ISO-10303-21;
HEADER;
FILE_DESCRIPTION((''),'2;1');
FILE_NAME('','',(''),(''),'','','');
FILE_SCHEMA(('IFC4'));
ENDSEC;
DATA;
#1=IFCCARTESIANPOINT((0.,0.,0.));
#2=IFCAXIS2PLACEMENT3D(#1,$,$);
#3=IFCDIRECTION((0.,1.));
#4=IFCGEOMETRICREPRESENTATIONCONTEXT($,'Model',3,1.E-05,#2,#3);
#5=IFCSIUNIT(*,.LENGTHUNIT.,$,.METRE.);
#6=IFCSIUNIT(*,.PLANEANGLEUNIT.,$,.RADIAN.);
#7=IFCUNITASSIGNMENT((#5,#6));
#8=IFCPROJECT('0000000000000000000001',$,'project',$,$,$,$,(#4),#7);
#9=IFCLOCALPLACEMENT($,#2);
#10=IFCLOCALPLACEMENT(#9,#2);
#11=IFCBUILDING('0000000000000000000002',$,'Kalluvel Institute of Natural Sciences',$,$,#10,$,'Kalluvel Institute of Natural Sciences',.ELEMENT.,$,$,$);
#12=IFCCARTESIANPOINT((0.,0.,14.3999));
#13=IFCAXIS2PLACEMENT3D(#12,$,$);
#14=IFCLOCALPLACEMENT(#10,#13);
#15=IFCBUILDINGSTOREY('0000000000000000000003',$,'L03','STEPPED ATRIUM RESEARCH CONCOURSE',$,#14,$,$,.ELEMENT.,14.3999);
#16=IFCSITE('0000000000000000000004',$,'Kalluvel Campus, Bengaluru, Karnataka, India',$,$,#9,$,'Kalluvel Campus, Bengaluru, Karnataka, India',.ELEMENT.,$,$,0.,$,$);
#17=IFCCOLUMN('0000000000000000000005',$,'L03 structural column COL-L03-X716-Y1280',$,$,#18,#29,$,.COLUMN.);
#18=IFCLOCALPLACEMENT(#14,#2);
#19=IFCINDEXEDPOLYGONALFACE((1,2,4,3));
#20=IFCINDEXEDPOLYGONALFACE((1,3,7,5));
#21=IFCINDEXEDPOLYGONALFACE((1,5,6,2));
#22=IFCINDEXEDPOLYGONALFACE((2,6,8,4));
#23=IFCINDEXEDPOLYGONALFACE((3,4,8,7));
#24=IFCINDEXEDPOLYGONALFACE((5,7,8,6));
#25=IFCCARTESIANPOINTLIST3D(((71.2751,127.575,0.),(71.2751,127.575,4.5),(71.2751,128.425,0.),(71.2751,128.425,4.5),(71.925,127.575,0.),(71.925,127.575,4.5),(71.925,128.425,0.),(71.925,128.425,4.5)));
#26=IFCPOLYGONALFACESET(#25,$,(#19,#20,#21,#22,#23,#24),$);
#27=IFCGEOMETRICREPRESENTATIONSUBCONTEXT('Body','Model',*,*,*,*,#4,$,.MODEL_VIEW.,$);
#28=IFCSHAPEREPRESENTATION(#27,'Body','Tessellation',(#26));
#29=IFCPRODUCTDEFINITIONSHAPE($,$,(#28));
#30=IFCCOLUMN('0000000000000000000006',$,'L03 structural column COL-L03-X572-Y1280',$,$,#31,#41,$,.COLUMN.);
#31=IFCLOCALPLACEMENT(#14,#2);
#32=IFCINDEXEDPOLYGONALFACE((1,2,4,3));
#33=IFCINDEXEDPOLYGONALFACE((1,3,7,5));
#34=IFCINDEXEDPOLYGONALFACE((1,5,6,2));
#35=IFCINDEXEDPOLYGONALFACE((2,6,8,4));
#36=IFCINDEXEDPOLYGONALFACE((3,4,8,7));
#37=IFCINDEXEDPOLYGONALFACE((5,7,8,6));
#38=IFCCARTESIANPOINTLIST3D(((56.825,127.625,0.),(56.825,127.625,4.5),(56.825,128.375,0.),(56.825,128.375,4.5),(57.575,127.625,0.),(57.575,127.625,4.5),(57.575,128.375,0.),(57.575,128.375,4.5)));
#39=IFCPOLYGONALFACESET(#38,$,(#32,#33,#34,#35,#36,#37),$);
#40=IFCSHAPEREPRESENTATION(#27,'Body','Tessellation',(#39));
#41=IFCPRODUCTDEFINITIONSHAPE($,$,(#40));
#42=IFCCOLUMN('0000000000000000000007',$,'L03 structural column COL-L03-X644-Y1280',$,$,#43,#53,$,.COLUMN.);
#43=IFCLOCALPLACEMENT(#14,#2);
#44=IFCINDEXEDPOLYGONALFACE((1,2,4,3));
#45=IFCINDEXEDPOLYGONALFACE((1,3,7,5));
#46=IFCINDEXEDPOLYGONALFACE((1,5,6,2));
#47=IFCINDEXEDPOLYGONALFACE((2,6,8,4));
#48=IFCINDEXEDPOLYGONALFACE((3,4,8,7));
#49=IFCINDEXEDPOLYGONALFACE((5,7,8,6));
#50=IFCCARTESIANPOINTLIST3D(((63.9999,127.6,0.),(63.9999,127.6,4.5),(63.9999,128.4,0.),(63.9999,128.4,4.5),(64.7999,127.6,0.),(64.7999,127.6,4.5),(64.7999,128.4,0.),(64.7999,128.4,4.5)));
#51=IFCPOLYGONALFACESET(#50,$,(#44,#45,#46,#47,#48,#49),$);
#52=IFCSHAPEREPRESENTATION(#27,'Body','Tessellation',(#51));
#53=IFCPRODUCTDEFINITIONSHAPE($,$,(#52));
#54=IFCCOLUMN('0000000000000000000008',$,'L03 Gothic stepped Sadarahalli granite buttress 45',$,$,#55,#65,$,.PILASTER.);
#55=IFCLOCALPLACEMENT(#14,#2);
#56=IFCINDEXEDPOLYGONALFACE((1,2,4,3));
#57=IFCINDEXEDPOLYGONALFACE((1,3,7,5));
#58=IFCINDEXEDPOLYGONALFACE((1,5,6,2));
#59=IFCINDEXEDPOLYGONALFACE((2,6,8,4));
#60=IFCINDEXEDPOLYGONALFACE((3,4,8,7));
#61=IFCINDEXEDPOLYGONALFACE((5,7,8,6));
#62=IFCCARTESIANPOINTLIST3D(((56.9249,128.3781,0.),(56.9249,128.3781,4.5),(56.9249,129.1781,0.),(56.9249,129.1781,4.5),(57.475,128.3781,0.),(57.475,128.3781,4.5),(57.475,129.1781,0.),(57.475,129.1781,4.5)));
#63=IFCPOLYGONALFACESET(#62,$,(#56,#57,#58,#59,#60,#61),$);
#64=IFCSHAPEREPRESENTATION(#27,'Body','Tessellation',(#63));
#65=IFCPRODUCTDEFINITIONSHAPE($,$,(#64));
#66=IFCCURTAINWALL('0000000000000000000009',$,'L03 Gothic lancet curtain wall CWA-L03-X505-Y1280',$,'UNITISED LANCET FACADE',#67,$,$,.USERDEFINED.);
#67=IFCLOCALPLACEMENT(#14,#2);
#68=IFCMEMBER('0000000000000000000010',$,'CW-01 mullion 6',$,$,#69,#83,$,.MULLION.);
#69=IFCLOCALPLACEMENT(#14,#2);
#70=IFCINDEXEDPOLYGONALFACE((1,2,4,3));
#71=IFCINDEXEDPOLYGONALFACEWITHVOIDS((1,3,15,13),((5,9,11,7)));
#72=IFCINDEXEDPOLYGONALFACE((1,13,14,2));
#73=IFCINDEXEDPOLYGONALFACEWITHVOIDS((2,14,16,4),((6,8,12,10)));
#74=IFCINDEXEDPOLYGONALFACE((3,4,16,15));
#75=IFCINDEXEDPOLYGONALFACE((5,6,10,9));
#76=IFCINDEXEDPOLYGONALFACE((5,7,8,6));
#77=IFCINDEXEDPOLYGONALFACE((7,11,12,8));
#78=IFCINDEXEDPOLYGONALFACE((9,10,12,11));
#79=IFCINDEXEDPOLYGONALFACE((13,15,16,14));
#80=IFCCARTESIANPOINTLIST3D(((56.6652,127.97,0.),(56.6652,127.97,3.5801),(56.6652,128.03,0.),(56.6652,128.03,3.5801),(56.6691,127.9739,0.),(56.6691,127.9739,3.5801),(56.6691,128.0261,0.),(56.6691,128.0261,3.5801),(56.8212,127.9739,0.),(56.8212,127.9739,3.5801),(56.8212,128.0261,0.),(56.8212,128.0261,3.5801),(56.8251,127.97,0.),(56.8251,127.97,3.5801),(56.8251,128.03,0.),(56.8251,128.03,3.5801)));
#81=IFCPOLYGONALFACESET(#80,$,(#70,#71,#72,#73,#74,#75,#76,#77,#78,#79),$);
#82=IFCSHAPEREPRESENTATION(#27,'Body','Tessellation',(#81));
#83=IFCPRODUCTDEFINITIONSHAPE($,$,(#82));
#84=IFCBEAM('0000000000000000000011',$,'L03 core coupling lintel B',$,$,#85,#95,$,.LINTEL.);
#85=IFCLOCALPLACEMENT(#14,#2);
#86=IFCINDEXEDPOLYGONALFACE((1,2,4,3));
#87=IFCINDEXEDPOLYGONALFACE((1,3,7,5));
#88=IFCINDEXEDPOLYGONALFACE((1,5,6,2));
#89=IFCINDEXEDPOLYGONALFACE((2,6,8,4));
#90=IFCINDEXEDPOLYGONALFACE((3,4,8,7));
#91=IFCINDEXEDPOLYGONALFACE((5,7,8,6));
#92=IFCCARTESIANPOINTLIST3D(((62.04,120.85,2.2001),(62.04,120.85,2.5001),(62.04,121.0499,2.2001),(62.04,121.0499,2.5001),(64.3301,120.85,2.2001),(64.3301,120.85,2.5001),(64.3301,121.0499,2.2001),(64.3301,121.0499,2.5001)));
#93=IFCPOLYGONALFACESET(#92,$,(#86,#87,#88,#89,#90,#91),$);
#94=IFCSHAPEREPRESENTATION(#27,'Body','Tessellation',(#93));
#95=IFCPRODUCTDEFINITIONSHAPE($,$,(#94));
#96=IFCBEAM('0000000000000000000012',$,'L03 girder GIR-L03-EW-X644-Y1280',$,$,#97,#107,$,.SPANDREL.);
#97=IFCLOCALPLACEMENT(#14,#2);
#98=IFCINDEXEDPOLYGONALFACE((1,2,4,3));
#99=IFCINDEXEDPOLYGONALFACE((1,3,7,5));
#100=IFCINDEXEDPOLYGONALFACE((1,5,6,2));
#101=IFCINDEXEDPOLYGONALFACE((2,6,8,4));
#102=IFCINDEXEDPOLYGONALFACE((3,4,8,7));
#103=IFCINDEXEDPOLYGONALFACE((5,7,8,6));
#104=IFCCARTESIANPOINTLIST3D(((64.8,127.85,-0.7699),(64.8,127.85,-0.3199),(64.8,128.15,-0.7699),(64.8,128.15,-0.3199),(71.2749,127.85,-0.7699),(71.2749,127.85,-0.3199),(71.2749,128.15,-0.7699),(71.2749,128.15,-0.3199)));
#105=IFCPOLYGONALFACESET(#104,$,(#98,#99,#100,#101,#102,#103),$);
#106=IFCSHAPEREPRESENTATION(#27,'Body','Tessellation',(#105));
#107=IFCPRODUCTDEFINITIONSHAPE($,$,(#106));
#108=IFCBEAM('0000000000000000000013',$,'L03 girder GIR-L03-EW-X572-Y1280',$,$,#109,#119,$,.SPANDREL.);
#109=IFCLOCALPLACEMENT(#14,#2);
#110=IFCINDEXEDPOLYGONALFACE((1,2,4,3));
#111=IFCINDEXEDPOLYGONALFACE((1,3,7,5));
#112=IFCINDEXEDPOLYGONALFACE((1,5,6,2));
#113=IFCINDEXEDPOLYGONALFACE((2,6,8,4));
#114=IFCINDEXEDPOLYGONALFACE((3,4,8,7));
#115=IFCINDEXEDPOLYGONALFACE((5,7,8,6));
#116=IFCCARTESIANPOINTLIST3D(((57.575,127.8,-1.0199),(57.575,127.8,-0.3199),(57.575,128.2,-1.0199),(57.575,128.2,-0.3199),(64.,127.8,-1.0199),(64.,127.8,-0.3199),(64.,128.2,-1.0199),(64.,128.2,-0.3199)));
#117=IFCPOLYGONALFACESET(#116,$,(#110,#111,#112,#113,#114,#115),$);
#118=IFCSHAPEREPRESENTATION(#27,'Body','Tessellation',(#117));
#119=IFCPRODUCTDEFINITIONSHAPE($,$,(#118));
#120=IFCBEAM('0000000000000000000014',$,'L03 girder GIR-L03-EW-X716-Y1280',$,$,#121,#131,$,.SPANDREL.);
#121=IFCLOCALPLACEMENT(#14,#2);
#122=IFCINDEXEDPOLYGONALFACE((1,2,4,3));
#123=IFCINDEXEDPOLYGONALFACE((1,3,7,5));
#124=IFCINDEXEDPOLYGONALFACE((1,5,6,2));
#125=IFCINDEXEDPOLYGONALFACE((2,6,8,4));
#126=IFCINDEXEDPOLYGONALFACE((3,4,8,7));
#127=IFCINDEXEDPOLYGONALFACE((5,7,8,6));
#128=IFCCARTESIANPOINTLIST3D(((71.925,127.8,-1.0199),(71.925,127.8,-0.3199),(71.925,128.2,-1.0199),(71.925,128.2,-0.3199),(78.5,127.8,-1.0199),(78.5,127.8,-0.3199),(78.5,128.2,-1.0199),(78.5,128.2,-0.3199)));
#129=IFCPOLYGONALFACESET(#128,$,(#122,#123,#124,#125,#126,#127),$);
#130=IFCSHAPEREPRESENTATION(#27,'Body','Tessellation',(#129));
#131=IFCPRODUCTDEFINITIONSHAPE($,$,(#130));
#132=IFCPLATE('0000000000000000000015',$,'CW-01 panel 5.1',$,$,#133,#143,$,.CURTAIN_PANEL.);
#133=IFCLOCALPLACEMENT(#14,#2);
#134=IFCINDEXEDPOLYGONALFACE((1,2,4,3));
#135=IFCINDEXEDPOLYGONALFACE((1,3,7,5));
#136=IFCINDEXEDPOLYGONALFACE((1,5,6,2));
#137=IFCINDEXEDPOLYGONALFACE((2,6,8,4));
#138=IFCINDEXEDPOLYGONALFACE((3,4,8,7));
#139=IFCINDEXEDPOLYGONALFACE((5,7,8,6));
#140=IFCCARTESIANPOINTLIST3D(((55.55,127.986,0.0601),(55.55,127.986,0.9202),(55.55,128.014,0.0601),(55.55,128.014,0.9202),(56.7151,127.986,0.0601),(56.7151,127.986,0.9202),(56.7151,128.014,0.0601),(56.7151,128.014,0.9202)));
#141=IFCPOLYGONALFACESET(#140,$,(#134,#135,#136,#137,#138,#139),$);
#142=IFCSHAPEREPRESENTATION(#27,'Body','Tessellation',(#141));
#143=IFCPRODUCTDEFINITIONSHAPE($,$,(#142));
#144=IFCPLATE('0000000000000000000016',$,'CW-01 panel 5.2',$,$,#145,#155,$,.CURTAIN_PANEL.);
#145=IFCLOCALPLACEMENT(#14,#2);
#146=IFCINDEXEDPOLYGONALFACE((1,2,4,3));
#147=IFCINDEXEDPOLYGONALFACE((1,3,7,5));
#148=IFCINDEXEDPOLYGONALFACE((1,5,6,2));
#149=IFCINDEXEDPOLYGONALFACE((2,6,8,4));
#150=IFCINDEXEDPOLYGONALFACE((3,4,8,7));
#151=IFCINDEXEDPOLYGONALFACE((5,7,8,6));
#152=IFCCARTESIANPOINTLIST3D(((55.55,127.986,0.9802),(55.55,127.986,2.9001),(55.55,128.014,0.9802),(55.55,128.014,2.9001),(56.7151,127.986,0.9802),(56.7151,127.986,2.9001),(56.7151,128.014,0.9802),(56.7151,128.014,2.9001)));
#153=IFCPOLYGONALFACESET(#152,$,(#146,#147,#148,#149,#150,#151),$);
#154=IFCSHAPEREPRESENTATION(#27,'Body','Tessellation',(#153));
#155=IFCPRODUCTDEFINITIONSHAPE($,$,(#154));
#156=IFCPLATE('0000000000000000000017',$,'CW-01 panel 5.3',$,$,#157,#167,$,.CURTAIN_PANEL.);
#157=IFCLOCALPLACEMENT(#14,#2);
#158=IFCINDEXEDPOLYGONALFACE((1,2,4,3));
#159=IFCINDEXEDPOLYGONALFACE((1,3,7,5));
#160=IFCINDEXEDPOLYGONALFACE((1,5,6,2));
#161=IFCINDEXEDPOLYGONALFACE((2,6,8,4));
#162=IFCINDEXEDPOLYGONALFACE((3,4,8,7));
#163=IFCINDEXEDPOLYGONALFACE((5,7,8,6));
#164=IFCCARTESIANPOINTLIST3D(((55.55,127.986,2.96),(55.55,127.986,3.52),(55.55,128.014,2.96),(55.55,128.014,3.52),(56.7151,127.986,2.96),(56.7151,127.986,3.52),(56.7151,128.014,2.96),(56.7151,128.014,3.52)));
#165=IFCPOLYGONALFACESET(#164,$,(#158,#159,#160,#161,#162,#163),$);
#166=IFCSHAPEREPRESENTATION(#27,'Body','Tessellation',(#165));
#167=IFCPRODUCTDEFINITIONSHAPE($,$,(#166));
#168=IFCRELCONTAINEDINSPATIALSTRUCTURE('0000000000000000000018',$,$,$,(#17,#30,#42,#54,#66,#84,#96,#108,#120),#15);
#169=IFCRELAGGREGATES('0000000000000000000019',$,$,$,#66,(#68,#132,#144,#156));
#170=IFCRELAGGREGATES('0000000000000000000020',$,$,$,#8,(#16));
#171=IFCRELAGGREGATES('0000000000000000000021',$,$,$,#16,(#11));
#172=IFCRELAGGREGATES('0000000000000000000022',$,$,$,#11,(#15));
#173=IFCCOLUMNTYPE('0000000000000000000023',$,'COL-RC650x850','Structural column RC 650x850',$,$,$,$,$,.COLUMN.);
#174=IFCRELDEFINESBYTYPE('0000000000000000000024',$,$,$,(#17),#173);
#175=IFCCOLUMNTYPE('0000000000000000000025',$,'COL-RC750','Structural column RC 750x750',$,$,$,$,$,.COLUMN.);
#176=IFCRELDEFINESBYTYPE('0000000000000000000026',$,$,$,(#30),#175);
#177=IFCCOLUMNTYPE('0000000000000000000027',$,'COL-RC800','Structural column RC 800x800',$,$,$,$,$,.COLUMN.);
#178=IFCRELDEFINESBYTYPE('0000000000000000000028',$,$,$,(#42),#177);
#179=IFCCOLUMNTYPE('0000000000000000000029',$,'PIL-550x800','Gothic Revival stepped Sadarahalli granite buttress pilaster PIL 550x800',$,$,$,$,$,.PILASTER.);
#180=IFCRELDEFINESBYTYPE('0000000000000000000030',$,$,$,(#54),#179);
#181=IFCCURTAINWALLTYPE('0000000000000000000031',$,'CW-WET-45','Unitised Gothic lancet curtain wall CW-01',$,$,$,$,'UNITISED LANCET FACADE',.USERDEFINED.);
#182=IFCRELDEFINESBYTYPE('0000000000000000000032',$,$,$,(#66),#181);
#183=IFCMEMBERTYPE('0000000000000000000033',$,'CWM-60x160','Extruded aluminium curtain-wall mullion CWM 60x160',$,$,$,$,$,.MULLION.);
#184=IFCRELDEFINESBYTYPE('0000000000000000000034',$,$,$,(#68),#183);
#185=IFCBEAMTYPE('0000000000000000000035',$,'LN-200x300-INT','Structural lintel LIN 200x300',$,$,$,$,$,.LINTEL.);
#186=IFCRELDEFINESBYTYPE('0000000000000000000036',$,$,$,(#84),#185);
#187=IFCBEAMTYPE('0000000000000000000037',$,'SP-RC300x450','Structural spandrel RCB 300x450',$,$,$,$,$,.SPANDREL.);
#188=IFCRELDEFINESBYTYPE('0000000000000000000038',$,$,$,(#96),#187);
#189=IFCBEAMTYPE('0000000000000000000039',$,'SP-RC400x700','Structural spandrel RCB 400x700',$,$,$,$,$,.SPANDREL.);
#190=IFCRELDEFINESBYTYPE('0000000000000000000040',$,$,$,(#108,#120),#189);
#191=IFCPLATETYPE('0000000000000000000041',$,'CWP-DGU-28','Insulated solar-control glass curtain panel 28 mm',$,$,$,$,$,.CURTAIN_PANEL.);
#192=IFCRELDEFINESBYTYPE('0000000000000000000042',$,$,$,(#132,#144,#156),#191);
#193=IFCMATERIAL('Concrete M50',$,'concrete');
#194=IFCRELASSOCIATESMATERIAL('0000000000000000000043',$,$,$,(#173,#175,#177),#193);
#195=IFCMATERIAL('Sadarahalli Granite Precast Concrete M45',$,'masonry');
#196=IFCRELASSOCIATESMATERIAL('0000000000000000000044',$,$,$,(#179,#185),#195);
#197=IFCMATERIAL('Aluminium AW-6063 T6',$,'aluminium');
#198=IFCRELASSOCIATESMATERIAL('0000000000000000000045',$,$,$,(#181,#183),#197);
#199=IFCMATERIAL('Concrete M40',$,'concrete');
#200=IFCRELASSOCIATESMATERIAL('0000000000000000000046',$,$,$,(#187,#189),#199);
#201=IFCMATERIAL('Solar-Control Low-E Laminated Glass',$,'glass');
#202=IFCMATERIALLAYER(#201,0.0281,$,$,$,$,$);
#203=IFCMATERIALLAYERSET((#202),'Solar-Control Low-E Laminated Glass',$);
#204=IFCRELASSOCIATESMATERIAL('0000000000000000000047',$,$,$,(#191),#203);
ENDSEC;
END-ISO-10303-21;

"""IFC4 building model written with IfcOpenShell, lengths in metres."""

from ifc_helpers import new_model, si_unit, direction, frame, origin, origin_2d, place, context, subcontext, project, spatial, rectangle, hollow_rectangle, extrude, material, layer, layer_set, material_profile, profile_set, type_object, element, aggregate, save


model = new_model("IFC4")

# Units and contexts
model_context = context("Model", 3, precision=1e-05, world=origin(), true_north=direction((0.0, 1.0)))
body_context = subcontext(model_context, "Body", "Model", "MODEL_VIEW")
ifc_project = project(units=[si_unit("LENGTHUNIT", "METRE"), si_unit("PLANEANGLEUNIT", "RADIAN")], contexts=[model_context])

# Site, building, storey
site_placement = place(None, origin())
site = spatial("IfcSite", under=ifc_project, at=site_placement, Name="Kalluvel Campus, Bengaluru, Karnataka, India", LongName="Kalluvel Campus, Bengaluru, Karnataka, India", CompositionType="ELEMENT", RefElevation=0.0)
building_placement = place(site_placement, origin())
building = spatial("IfcBuilding", under=site, at=building_placement, Name="Kalluvel Institute of Natural Sciences", LongName="Kalluvel Institute of Natural Sciences", CompositionType="ELEMENT")
storey_placement = place(building_placement, frame((0.0, 0.0, 14.3999)))
storey = spatial("IfcBuildingStorey", under=building, at=storey_placement, Name="L03", Description="STEPPED ATRIUM RESEARCH CONCOURSE", CompositionType="ELEMENT", Elevation=14.3999)

# Columns
ifc_material_1 = material(Name="Concrete M50", Category="concrete")
ifc_material_profile_1 = material_profile(ifc_material_1, rectangle(XDim=0.6499, YDim=0.8501, at=origin_2d()), Name="RC 650x850")
ifc_profile_set_1 = profile_set([ifc_material_profile_1], Name="Concrete M50")
column_type_1 = type_object("IfcColumnType", Name="COL-RC650x850", Description="Structural column RC 650x850", PredefinedType="COLUMN", material=ifc_profile_set_1)
column_1_placement = place(storey_placement, frame((71.6001, 128.0, 0.0), z_axis=(0.0, 0.0, 1.0), x_axis=(1.0, 0.0, 0.0)))
element("IfcColumn", 1, at=column_1_placement, inside=storey, type_object=column_type_1, Name="L03 structural column COL-L03-X716-Y1280", PredefinedType="COLUMN", context=body_context, shape_type="SweptSolid", body=[
    extrude(rectangle(XDim=0.6499, YDim=0.8501, at=origin_2d()), origin(), (0.0, 0.0, 1.0), 4.5),
])
ifc_material_profile_2 = material_profile(ifc_material_1, rectangle(XDim=0.75, YDim=0.75, at=origin_2d()), Name="RC 750x750")
ifc_profile_set_2 = profile_set([ifc_material_profile_2], Name="Concrete M50")
column_type_2 = type_object("IfcColumnType", Name="COL-RC750", Description="Structural column RC 750x750", PredefinedType="COLUMN", material=ifc_profile_set_2)
column_2_placement = place(storey_placement, frame((57.2, 128.0, 0.0), z_axis=(0.0, 0.0, 1.0), x_axis=(1.0, 0.0, 0.0)))
element("IfcColumn", 2, at=column_2_placement, inside=storey, type_object=column_type_2, Name="L03 structural column COL-L03-X572-Y1280", PredefinedType="COLUMN", context=body_context, shape_type="SweptSolid", body=[
    extrude(rectangle(XDim=0.75, YDim=0.75, at=origin_2d()), origin(), (0.0, 0.0, 1.0), 4.5),
])
ifc_material_profile_3 = material_profile(ifc_material_1, rectangle(XDim=0.8, YDim=0.8, at=origin_2d()), Name="RC 800x800")
ifc_profile_set_3 = profile_set([ifc_material_profile_3], Name="Concrete M50")
column_type_3 = type_object("IfcColumnType", Name="COL-RC800", Description="Structural column RC 800x800", PredefinedType="COLUMN", material=ifc_profile_set_3)
column_3_placement = place(storey_placement, frame((64.3999, 128.0, 0.0), z_axis=(0.0, 0.0, 1.0), x_axis=(1.0, 0.0, 0.0)))
element("IfcColumn", 3, at=column_3_placement, inside=storey, type_object=column_type_3, Name="L03 structural column COL-L03-X644-Y1280", PredefinedType="COLUMN", context=body_context, shape_type="SweptSolid", body=[
    extrude(rectangle(XDim=0.8, YDim=0.8, at=origin_2d()), origin(), (0.0, 0.0, 1.0), 4.5),
])
ifc_material_2 = material(Name="Sadarahalli Granite Precast Concrete M45", Category="masonry")
ifc_material_profile_4 = material_profile(ifc_material_2, rectangle(XDim=0.55, YDim=0.8, at=origin_2d()), Name="PIL 550x800")
ifc_profile_set_4 = profile_set([ifc_material_profile_4], Name="Sadarahalli Granite Precast Concrete M45")
column_type_4 = type_object("IfcColumnType", Name="PIL-550x800", Description="Gothic Revival stepped Sadarahalli granite buttress pilaster PIL 550x800", PredefinedType="PILASTER", material=ifc_profile_set_4)
column_4_placement = place(storey_placement, frame((57.2, 128.7781, 0.0), z_axis=(0.0, 0.0, 1.0), x_axis=(1.0, 0.0, 0.0)))
element("IfcColumn", 4, at=column_4_placement, inside=storey, type_object=column_type_4, Name="L03 Gothic stepped Sadarahalli granite buttress 45", PredefinedType="PILASTER", context=body_context, shape_type="SweptSolid", body=[
    extrude(rectangle(XDim=0.55, YDim=0.8, at=origin_2d()), origin(), (0.0, 0.0, 1.0), 4.5),
])

# Curtain wall, member
ifc_material_3 = material(Name="Aluminium AW-6063 T6", Category="aluminium")
curtain_wall_type = type_object("IfcCurtainWallType", Name="CW-WET-45", Description="Unitised Gothic lancet curtain wall CW-01", ElementType="UNITISED LANCET FACADE", PredefinedType="USERDEFINED", material=ifc_material_3)
curtain_wall_placement = place(storey_placement, origin())
curtain_wall = element("IfcCurtainWall", 5, at=curtain_wall_placement, inside=storey, type_object=curtain_wall_type, Name="L03 Gothic lancet curtain wall CWA-L03-X505-Y1280", ObjectType="UNITISED LANCET FACADE", PredefinedType="USERDEFINED")
ifc_material_profile_5 = material_profile(ifc_material_3, hollow_rectangle(XDim=0.0601, YDim=0.1599, WallThickness=0.0039, at=origin_2d()), Name="CWM 60x160")
ifc_profile_set_5 = profile_set([ifc_material_profile_5], Name="Aluminium AW-6063 T6")
member_type = type_object("IfcMemberType", Name="CWM-60x160", Description="Extruded aluminium curtain-wall mullion CWM 60x160", PredefinedType="MULLION", material=ifc_profile_set_5)
member_placement = place(storey_placement, frame((56.7451, 128.0, 0.0), z_axis=(0.0, 0.0, 1.0), x_axis=(0.0, 1.0, 0.0)))
member = element("IfcMember", 6, at=member_placement, type_object=member_type, Name="CW-01 mullion 6", PredefinedType="MULLION", context=body_context, shape_type="SweptSolid", body=[
    extrude(hollow_rectangle(XDim=0.0601, YDim=0.1599, WallThickness=0.0039, at=origin_2d()), origin(), (0.0, 0.0, 1.0), 3.5801),
])

# Beams
ifc_material_profile_6 = material_profile(ifc_material_2, rectangle(XDim=0.2, YDim=0.3, at=origin_2d()), Name="LIN 200x300")
ifc_profile_set_6 = profile_set([ifc_material_profile_6], Name="Sadarahalli Granite Precast Concrete M45")
beam_type_1 = type_object("IfcBeamType", Name="LN-200x300-INT", Description="Structural lintel LIN 200x300", PredefinedType="LINTEL", material=ifc_profile_set_6)
beam_1_placement = place(storey_placement, frame((62.04, 120.95, 2.3501), z_axis=(1.0, 0.0, 0.0), x_axis=(0.0, 1.0, 0.0)))
element("IfcBeam", 7, at=beam_1_placement, inside=storey, type_object=beam_type_1, Name="L03 core coupling lintel B", PredefinedType="LINTEL", context=body_context, shape_type="SweptSolid", body=[
    extrude(rectangle(XDim=0.2, YDim=0.3, at=origin_2d()), origin(), (0.0, 0.0, 1.0), 2.29),
])
ifc_material_4 = material(Name="Concrete M40", Category="concrete")
ifc_material_profile_7 = material_profile(ifc_material_4, rectangle(XDim=0.3, YDim=0.45, at=origin_2d()), Name="RCB 300x450")
ifc_profile_set_7 = profile_set([ifc_material_profile_7], Name="Concrete M40")
beam_type_2 = type_object("IfcBeamType", Name="SP-RC300x450", Description="Structural spandrel RCB 300x450", PredefinedType="SPANDREL", material=ifc_profile_set_7)
beam_2_placement = place(storey_placement, frame((64.8, 128.0, -0.5449), z_axis=(1.0, 0.0, 0.0), x_axis=(0.0, 1.0, 0.0)))
element("IfcBeam", 8, at=beam_2_placement, inside=storey, type_object=beam_type_2, Name="L03 girder GIR-L03-EW-X644-Y1280", PredefinedType="SPANDREL", context=body_context, shape_type="SweptSolid", body=[
    extrude(rectangle(XDim=0.3, YDim=0.45, at=origin_2d()), origin(), (0.0, 0.0, 1.0), 6.4749),
])
ifc_material_profile_8 = material_profile(ifc_material_4, rectangle(XDim=0.3999, YDim=0.7, at=origin_2d()), Name="RCB 400x700")
ifc_profile_set_8 = profile_set([ifc_material_profile_8], Name="Concrete M40")
beam_type_3 = type_object("IfcBeamType", Name="SP-RC400x700", Description="Structural spandrel RCB 400x700", PredefinedType="SPANDREL", material=ifc_profile_set_8)
beam_3_placement = place(storey_placement, frame((57.575, 128.0, -0.6699), z_axis=(1.0, 0.0, 0.0), x_axis=(0.0, 1.0, 0.0)))
element("IfcBeam", 9, at=beam_3_placement, inside=storey, type_object=beam_type_3, Name="L03 girder GIR-L03-EW-X572-Y1280", PredefinedType="SPANDREL", context=body_context, shape_type="SweptSolid", body=[
    extrude(rectangle(XDim=0.3999, YDim=0.7, at=origin_2d()), origin(), (0.0, 0.0, 1.0), 6.425),
])
beam_4_placement = place(storey_placement, frame((71.925, 128.0, -0.6699), z_axis=(1.0, 0.0, 0.0), x_axis=(0.0, 1.0, 0.0)))
element("IfcBeam", 10, at=beam_4_placement, inside=storey, type_object=beam_type_3, Name="L03 girder GIR-L03-EW-X716-Y1280", PredefinedType="SPANDREL", context=body_context, shape_type="SweptSolid", body=[
    extrude(rectangle(XDim=0.3999, YDim=0.7, at=origin_2d()), origin(), (0.0, 0.0, 1.0), 6.575),
])

# Plates
ifc_material_5 = material(Name="Solar-Control Low-E Laminated Glass", Category="glass")
ifc_layer_1 = layer(ifc_material_5, 0.0281)
ifc_layer_set_1 = layer_set([ifc_layer_1], Name="Solar-Control Low-E Laminated Glass")
plate_type = type_object("IfcPlateType", Name="CWP-DGU-28", Description="Insulated solar-control glass curtain panel 28 mm", PredefinedType="CURTAIN_PANEL", material=ifc_layer_set_1)
plate_1_placement = place(storey_placement, frame((56.1326, 128.0, 0.0601), z_axis=(0.0, 0.0, 1.0), x_axis=(1.0, 0.0, 0.0)))
plate_1 = element("IfcPlate", 11, at=plate_1_placement, type_object=plate_type, Name="CW-01 panel 5.1", PredefinedType="CURTAIN_PANEL", context=body_context, shape_type="SweptSolid", body=[
    extrude(rectangle(XDim=1.165, YDim=0.0281, at=origin_2d()), origin(), (0.0, 0.0, 1.0), 0.8601),
])
plate_2_placement = place(storey_placement, frame((56.1326, 128.0, 0.9802), z_axis=(0.0, 0.0, 1.0), x_axis=(1.0, 0.0, 0.0)))
plate_2 = element("IfcPlate", 12, at=plate_2_placement, type_object=plate_type, Name="CW-01 panel 5.2", PredefinedType="CURTAIN_PANEL", context=body_context, shape_type="SweptSolid", body=[
    extrude(rectangle(XDim=1.165, YDim=0.0281, at=origin_2d()), origin(), (0.0, 0.0, 1.0), 1.9199),
])
plate_3_placement = place(storey_placement, frame((56.1326, 128.0, 2.96), z_axis=(0.0, 0.0, 1.0), x_axis=(1.0, 0.0, 0.0)))
plate_3 = element("IfcPlate", 13, at=plate_3_placement, type_object=plate_type, Name="CW-01 panel 5.3", PredefinedType="CURTAIN_PANEL", context=body_context, shape_type="SweptSolid", body=[
    extrude(rectangle(XDim=1.165, YDim=0.0281, at=origin_2d()), origin(), (0.0, 0.0, 1.0), 0.5601),
])
aggregate(curtain_wall, [member, plate_1, plate_2, plate_3])

save(model, "model.ifc")
